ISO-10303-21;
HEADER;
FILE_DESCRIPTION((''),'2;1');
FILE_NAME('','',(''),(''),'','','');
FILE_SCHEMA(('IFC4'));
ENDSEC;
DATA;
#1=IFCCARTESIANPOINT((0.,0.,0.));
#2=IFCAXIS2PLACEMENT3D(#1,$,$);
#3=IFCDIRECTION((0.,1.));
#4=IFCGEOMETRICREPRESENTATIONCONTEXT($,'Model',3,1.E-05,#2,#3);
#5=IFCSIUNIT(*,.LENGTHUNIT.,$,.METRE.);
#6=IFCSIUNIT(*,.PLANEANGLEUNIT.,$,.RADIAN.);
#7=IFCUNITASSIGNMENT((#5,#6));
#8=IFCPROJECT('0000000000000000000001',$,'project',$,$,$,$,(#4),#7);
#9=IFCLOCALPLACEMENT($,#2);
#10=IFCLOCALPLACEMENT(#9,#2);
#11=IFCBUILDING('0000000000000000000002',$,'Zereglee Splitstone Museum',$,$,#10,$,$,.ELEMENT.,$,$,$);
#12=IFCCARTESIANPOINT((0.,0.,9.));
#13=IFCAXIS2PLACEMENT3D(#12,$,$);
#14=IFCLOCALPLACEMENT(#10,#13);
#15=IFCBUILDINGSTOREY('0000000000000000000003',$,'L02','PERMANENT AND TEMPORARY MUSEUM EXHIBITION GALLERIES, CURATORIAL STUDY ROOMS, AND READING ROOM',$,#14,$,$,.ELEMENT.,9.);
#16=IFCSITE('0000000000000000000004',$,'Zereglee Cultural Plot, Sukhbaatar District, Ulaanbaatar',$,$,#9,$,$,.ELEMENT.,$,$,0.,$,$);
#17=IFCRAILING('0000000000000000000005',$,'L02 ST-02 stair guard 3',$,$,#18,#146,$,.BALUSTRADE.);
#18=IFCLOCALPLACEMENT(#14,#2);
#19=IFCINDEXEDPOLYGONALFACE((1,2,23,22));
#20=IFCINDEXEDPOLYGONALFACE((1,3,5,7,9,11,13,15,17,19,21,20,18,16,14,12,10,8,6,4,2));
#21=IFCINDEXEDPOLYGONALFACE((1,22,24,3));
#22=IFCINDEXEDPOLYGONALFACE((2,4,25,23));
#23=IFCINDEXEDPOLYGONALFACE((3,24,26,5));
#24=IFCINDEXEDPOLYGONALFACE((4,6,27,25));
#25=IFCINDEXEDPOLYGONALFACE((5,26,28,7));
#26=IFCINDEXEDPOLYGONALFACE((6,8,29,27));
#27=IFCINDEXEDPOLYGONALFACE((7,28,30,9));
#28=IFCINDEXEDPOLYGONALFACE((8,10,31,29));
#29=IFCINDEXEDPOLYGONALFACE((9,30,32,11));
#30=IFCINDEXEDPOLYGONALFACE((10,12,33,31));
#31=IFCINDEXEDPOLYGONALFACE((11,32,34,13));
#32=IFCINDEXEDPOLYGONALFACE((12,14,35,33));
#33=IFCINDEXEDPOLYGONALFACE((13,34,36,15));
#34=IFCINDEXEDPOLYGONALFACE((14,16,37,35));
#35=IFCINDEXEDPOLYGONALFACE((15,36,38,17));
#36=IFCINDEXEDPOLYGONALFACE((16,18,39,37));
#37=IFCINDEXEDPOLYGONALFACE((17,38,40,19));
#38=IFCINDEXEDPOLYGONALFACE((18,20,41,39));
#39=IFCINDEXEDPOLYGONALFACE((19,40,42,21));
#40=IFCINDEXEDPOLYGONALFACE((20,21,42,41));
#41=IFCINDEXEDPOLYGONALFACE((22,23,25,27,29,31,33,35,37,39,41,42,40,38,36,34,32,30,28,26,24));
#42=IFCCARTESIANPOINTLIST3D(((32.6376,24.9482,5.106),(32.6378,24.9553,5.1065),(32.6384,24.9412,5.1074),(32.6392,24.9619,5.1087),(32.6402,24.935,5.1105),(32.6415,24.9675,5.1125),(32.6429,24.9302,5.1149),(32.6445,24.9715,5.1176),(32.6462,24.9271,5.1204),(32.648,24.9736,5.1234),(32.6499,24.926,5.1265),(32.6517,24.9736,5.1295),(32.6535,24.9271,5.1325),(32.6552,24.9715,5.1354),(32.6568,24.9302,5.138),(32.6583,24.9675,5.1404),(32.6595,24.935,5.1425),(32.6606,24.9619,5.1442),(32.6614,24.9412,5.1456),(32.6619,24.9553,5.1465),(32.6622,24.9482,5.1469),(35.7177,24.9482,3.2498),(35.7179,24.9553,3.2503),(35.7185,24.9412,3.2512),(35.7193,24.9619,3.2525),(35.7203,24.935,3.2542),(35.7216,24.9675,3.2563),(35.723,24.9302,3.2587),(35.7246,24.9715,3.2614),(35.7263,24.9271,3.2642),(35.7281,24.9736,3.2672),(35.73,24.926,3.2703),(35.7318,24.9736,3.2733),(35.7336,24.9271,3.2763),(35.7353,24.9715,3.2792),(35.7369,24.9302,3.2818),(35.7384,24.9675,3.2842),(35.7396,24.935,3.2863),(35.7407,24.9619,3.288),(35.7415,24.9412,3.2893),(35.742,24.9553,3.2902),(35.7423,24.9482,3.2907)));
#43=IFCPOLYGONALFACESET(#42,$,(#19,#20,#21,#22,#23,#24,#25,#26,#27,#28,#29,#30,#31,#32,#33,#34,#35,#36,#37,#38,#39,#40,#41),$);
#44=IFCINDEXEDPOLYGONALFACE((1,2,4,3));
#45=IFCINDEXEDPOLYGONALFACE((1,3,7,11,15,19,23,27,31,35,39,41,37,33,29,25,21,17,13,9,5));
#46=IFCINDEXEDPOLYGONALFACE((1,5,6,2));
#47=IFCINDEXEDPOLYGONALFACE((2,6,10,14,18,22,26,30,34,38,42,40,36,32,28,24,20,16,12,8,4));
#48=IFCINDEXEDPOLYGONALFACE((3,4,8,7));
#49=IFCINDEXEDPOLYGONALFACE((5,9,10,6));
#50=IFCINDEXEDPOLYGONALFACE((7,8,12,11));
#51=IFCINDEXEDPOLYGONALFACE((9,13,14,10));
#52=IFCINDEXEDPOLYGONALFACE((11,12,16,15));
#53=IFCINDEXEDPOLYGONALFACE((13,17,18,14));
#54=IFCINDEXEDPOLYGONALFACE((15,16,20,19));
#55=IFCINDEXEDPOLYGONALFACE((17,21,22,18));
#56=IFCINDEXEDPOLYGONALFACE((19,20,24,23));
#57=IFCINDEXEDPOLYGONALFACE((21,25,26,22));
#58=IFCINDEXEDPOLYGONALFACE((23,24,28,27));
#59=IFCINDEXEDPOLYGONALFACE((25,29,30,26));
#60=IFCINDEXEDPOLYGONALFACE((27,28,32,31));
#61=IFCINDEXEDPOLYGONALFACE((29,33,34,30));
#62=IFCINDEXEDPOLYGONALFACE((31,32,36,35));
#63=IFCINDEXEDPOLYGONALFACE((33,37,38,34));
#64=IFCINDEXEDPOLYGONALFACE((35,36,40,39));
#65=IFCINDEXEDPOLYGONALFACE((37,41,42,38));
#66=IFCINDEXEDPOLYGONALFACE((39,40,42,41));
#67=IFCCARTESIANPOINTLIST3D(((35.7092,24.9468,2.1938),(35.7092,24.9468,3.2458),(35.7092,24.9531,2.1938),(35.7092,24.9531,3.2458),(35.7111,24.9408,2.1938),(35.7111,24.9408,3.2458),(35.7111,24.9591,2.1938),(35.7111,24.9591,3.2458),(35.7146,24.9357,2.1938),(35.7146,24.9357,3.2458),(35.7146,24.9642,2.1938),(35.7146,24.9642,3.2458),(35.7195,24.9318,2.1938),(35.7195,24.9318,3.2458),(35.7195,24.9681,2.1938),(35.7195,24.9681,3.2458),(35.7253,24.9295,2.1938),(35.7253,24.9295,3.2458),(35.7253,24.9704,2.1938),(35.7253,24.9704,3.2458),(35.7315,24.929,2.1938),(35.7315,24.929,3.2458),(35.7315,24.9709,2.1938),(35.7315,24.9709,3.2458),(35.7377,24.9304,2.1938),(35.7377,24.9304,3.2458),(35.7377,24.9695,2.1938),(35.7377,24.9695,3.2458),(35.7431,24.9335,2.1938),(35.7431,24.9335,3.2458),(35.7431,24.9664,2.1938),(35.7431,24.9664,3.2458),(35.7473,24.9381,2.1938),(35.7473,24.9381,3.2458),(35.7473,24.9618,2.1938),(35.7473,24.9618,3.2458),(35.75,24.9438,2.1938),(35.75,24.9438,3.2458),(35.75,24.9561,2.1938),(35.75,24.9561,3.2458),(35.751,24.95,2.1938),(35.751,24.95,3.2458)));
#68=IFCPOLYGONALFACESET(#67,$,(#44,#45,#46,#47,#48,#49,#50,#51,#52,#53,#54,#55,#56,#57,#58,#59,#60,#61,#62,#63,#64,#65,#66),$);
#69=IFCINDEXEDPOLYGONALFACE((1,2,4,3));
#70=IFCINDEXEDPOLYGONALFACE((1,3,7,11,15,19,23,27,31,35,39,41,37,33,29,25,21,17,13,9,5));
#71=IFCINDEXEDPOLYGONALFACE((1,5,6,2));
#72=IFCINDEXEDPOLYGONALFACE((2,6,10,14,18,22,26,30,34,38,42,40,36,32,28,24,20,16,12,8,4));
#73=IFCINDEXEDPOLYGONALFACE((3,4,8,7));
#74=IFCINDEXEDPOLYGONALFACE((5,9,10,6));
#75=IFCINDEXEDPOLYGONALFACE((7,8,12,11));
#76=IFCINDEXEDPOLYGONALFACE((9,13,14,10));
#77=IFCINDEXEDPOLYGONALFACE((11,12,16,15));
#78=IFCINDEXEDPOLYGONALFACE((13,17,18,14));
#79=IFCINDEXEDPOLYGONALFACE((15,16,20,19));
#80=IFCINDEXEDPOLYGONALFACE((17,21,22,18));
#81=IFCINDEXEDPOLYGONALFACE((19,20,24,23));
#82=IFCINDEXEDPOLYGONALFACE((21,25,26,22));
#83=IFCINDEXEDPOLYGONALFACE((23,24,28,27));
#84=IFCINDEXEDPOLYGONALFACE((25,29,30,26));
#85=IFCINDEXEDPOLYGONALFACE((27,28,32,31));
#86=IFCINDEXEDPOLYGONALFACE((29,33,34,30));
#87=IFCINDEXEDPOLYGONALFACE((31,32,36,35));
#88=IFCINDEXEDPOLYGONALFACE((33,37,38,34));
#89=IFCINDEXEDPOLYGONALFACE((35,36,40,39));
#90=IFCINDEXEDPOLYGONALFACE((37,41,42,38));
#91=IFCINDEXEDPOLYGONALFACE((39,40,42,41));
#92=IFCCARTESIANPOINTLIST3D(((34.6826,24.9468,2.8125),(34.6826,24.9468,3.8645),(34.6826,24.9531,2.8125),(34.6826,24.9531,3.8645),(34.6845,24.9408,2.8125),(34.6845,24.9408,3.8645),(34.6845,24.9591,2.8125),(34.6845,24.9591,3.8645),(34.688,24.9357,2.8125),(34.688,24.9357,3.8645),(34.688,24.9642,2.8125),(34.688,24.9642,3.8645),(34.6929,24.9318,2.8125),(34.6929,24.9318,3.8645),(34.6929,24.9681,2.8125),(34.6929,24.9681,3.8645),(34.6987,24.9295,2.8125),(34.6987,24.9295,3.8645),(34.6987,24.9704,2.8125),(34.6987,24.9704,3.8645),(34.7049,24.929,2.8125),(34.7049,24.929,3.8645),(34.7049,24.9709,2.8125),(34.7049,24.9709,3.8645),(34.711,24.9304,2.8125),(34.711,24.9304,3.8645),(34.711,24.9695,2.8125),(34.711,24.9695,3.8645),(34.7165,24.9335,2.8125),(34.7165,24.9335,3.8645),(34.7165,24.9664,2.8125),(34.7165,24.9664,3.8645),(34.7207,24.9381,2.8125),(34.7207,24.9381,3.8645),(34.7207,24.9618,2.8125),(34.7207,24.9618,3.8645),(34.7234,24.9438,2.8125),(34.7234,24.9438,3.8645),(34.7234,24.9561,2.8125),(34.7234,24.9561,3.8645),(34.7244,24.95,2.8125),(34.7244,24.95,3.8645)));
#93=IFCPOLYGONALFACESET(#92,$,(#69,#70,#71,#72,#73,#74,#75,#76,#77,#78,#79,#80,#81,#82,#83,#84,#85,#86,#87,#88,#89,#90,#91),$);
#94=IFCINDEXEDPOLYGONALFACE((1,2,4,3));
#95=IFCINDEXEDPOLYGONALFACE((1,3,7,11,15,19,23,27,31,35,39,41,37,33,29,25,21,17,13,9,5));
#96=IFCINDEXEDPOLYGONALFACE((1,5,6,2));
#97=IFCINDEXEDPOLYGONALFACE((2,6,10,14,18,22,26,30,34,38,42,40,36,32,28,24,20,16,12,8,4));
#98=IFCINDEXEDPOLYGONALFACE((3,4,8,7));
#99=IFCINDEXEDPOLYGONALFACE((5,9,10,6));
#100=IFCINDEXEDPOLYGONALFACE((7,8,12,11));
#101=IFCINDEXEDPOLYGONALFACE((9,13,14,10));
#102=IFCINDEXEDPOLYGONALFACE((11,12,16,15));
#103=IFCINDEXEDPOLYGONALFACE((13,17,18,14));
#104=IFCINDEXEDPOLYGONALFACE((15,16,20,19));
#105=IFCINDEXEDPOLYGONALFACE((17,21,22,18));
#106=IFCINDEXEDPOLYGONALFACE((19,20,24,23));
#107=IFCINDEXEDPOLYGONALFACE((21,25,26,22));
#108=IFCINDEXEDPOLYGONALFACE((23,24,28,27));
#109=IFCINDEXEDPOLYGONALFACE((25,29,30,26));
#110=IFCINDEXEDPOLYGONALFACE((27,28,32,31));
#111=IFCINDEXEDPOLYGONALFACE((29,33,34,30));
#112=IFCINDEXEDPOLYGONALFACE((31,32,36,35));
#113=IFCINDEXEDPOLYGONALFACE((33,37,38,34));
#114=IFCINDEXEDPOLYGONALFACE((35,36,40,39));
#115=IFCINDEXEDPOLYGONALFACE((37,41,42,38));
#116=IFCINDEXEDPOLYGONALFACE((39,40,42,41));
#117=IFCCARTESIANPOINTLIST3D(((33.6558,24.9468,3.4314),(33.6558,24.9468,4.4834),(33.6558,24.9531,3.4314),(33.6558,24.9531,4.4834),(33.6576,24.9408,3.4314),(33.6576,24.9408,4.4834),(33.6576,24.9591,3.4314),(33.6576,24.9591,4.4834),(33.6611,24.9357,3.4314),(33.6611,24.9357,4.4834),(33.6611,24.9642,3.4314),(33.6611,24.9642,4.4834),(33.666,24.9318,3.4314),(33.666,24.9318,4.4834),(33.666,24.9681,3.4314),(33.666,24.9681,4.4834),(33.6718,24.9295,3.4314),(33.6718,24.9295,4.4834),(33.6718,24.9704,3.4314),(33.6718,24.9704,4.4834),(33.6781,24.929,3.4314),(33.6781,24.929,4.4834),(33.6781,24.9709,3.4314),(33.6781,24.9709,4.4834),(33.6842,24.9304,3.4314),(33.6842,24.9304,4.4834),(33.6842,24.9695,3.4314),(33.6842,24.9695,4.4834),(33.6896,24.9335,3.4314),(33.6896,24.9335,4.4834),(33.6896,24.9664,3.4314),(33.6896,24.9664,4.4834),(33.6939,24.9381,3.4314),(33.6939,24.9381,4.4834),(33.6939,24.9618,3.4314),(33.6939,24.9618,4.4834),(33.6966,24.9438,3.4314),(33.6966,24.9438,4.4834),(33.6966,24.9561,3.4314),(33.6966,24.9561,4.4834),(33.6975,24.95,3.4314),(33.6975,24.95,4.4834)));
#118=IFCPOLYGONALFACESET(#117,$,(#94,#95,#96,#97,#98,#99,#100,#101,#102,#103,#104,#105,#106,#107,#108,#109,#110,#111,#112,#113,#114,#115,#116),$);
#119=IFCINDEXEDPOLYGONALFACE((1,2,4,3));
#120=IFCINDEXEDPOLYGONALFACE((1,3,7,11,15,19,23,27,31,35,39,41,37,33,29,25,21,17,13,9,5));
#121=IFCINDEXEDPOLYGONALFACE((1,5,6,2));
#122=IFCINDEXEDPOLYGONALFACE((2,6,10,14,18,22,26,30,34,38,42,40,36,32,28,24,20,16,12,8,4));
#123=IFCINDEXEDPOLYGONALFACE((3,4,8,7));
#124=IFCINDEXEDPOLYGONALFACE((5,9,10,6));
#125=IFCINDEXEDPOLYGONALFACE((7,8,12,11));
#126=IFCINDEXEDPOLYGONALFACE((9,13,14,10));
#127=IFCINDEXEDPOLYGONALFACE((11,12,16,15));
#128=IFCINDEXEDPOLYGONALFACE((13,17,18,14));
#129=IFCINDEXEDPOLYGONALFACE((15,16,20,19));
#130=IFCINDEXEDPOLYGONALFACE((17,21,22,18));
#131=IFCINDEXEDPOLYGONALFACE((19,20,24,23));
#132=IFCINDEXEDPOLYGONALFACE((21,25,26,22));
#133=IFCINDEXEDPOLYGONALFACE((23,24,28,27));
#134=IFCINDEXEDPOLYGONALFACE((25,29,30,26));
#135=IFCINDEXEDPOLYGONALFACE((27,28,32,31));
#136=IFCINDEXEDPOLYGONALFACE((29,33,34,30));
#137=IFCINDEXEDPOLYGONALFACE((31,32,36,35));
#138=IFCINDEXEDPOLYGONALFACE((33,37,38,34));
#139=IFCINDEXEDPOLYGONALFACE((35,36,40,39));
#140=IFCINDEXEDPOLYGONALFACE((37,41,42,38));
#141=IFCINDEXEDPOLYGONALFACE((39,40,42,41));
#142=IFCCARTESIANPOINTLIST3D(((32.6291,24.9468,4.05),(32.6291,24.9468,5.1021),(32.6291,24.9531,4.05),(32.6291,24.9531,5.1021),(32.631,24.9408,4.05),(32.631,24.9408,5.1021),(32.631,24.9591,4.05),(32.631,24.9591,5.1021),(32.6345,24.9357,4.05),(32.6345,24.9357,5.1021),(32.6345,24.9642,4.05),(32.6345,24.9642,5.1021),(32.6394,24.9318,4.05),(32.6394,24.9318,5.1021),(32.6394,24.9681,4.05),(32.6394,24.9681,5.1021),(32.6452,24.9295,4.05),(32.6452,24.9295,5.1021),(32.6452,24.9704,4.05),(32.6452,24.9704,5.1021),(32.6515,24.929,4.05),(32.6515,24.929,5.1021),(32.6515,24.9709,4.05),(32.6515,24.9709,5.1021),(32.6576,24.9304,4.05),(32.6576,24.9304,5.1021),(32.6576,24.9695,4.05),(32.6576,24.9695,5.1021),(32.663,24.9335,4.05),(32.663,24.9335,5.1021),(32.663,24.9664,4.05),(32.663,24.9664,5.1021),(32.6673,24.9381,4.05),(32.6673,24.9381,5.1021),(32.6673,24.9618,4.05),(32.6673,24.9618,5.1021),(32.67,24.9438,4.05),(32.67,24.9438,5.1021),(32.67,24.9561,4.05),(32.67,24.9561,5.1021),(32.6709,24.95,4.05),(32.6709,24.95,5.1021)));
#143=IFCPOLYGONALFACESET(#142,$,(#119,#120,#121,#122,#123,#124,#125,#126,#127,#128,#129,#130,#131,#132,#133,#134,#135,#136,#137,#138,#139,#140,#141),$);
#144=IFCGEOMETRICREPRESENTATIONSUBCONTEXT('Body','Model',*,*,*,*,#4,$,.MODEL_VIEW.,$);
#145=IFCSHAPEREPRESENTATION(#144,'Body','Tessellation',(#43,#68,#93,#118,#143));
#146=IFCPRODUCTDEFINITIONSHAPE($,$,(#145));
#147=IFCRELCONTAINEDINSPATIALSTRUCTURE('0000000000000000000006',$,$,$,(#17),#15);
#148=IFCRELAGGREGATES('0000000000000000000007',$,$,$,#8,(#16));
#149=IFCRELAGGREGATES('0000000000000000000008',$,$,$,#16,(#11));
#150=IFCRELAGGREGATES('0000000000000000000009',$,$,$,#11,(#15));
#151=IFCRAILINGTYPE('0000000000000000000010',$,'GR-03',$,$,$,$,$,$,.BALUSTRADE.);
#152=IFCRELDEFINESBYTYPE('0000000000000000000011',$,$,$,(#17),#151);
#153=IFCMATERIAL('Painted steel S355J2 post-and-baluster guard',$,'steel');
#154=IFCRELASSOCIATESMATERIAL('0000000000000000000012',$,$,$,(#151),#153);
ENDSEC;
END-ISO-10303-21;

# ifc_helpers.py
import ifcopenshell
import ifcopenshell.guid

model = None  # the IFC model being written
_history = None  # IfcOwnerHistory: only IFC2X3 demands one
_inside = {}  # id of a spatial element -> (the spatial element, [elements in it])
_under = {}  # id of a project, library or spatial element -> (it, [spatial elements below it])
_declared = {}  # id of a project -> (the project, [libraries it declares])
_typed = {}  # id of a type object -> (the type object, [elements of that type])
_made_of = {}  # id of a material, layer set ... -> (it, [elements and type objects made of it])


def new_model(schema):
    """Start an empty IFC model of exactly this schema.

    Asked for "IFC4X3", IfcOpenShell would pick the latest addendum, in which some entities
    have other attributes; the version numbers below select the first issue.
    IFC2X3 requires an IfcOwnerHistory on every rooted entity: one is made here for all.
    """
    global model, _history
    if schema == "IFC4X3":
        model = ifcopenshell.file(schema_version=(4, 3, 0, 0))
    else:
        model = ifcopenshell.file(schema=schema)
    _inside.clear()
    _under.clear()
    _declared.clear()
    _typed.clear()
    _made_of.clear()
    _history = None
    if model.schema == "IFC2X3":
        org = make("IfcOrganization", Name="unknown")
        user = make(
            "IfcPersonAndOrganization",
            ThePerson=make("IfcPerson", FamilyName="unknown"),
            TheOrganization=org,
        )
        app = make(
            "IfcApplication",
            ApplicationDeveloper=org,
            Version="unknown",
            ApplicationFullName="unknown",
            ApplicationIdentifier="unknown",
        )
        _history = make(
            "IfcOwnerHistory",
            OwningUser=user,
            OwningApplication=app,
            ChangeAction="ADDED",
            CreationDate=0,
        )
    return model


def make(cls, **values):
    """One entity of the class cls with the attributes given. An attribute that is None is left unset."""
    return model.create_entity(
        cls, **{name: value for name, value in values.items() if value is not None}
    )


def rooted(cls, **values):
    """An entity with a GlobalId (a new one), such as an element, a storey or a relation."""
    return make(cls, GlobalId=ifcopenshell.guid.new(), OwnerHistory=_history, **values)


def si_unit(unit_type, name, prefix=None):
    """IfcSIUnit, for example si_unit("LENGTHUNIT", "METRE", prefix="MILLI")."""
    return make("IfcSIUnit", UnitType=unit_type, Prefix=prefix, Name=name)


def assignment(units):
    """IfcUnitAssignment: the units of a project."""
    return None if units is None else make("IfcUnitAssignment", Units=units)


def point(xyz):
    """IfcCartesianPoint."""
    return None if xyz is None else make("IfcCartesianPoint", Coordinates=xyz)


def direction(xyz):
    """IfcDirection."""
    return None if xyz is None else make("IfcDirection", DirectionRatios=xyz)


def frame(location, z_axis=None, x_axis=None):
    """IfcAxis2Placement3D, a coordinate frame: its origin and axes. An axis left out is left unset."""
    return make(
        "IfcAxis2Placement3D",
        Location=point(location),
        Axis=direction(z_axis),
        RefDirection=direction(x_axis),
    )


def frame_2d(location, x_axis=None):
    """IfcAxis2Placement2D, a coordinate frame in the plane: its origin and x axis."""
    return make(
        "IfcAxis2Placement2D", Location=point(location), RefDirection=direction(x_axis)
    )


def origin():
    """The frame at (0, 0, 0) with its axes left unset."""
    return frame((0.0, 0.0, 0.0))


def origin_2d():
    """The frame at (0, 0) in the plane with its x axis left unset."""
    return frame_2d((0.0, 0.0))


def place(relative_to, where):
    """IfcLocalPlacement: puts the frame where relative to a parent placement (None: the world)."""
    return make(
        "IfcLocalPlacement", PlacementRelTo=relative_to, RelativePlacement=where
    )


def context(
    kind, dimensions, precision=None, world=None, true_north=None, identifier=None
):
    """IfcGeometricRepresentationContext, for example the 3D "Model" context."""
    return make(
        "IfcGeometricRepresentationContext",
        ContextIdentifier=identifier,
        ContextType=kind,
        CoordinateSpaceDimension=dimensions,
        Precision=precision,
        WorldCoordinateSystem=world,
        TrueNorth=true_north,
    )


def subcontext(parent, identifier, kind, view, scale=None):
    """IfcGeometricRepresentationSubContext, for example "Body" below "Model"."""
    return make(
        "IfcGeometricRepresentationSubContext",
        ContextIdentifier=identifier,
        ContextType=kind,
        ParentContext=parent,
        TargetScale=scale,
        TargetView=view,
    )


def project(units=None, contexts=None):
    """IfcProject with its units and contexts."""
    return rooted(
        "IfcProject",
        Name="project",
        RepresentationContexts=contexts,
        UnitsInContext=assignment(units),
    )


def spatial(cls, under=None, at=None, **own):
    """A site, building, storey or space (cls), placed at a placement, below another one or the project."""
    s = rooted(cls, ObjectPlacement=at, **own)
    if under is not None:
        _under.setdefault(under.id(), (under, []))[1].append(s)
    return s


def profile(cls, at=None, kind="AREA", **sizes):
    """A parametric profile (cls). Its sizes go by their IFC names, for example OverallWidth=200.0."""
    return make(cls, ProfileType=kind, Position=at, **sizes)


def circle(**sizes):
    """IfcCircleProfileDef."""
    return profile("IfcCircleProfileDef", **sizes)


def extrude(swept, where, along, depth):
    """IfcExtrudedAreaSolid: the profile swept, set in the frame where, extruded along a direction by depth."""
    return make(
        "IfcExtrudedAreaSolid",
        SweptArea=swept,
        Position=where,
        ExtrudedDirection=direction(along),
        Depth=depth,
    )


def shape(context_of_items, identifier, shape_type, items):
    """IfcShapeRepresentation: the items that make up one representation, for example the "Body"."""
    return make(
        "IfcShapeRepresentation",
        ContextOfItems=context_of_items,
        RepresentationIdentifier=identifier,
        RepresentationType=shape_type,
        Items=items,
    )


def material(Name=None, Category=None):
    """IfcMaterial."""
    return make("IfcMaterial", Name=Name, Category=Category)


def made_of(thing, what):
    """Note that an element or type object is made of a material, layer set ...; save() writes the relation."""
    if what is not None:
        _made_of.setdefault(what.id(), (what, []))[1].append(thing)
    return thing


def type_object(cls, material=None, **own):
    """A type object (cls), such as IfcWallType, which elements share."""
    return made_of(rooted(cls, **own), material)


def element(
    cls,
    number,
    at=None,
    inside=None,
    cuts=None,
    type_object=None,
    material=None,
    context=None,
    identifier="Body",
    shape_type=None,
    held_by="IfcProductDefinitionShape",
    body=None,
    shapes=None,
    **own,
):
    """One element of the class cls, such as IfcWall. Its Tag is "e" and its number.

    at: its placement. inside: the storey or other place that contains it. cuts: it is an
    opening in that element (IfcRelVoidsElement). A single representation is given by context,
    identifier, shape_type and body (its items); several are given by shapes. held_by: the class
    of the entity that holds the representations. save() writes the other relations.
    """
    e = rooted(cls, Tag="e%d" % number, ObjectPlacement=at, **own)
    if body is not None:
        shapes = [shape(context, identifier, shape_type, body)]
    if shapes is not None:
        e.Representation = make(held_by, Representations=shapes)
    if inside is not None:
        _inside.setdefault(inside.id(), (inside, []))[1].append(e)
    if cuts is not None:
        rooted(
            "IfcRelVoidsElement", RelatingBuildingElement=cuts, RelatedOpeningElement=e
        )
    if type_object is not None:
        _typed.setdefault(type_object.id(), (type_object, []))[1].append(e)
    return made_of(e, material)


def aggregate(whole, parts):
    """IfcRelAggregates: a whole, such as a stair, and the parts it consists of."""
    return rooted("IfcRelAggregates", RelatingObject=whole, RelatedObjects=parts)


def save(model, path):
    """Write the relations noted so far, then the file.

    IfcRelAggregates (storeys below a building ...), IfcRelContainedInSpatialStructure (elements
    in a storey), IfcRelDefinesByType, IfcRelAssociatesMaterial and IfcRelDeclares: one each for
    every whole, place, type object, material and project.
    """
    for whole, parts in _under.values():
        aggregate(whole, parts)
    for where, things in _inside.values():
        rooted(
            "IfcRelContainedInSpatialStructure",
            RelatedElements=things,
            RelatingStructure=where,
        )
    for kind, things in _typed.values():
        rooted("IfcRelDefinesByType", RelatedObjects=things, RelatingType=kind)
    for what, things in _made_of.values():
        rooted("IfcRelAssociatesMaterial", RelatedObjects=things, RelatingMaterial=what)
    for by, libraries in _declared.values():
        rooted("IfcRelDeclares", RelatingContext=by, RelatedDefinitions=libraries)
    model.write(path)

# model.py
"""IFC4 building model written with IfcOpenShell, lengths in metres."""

from ifc_helpers import new_model, si_unit, direction, frame, origin, origin_2d, place, context, subcontext, project, spatial, circle, extrude, material, type_object, element, save


model = new_model("IFC4")

# Units and contexts
model_context = context("Model", 3, precision=1e-05, world=origin(), true_north=direction((0.0, 1.0)))
body_context = subcontext(model_context, "Body", "Model", "MODEL_VIEW")
ifc_project = project(units=[si_unit("LENGTHUNIT", "METRE"), si_unit("PLANEANGLEUNIT", "RADIAN")], contexts=[model_context])

# Site, building, storey
site_placement = place(None, origin())
site = spatial("IfcSite", under=ifc_project, at=site_placement, Name="Zereglee Cultural Plot, Sukhbaatar District, Ulaanbaatar", CompositionType="ELEMENT", RefElevation=0.0)
building_placement = place(site_placement, origin())
building = spatial("IfcBuilding", under=site, at=building_placement, Name="Zereglee Splitstone Museum", CompositionType="ELEMENT")
storey_placement = place(building_placement, frame((0.0, 0.0, 9.0)))
storey = spatial("IfcBuildingStorey", under=building, at=storey_placement, Name="L02", Description="PERMANENT AND TEMPORARY MUSEUM EXHIBITION GALLERIES, CURATORIAL STUDY ROOMS, AND READING ROOM", CompositionType="ELEMENT", Elevation=9.0)

# Railing
ifc_material_1 = material(Name="Painted steel S355J2 post-and-baluster guard", Category="steel")
railing_type_1 = type_object("IfcRailingType", Name="GR-03", PredefinedType="BALUSTRADE", material=ifc_material_1)
railing_1_placement = place(storey_placement, frame((35.73, 24.95, 2.1938)))
element("IfcRailing", 1, at=railing_1_placement, inside=storey, type_object=railing_type_1, Name="L02 ST-02 stair guard 3", PredefinedType="BALUSTRADE", context=body_context, shape_type="SweptSolid", body=[
    extrude(circle(Radius=0.0239, at=origin_2d()), frame((0.0, 0.0, 1.0764), z_axis=(-0.856491, 0.0, 0.516162), x_axis=(0.0, -1.0, 0.0)), (0.0, 0.0, 1.0), 3.5962),
    extrude(circle(Radius=0.021, at=origin_2d()), origin(), (0.0, 0.0, 1.0), 1.052),
    extrude(circle(Radius=0.021, at=origin_2d()), frame((-1.0266, 0.0, 0.6187)), (0.0, 0.0, 1.0), 1.052),
    extrude(circle(Radius=0.021, at=origin_2d()), frame((-2.0535, 0.0, 1.2375)), (0.0, 0.0, 1.0), 1.052),
    extrude(circle(Radius=0.021, at=origin_2d()), frame((-3.0801, 0.0, 1.8562)), (0.0, 0.0, 1.0), 1.052),
])

save(model, "model.ifc")
